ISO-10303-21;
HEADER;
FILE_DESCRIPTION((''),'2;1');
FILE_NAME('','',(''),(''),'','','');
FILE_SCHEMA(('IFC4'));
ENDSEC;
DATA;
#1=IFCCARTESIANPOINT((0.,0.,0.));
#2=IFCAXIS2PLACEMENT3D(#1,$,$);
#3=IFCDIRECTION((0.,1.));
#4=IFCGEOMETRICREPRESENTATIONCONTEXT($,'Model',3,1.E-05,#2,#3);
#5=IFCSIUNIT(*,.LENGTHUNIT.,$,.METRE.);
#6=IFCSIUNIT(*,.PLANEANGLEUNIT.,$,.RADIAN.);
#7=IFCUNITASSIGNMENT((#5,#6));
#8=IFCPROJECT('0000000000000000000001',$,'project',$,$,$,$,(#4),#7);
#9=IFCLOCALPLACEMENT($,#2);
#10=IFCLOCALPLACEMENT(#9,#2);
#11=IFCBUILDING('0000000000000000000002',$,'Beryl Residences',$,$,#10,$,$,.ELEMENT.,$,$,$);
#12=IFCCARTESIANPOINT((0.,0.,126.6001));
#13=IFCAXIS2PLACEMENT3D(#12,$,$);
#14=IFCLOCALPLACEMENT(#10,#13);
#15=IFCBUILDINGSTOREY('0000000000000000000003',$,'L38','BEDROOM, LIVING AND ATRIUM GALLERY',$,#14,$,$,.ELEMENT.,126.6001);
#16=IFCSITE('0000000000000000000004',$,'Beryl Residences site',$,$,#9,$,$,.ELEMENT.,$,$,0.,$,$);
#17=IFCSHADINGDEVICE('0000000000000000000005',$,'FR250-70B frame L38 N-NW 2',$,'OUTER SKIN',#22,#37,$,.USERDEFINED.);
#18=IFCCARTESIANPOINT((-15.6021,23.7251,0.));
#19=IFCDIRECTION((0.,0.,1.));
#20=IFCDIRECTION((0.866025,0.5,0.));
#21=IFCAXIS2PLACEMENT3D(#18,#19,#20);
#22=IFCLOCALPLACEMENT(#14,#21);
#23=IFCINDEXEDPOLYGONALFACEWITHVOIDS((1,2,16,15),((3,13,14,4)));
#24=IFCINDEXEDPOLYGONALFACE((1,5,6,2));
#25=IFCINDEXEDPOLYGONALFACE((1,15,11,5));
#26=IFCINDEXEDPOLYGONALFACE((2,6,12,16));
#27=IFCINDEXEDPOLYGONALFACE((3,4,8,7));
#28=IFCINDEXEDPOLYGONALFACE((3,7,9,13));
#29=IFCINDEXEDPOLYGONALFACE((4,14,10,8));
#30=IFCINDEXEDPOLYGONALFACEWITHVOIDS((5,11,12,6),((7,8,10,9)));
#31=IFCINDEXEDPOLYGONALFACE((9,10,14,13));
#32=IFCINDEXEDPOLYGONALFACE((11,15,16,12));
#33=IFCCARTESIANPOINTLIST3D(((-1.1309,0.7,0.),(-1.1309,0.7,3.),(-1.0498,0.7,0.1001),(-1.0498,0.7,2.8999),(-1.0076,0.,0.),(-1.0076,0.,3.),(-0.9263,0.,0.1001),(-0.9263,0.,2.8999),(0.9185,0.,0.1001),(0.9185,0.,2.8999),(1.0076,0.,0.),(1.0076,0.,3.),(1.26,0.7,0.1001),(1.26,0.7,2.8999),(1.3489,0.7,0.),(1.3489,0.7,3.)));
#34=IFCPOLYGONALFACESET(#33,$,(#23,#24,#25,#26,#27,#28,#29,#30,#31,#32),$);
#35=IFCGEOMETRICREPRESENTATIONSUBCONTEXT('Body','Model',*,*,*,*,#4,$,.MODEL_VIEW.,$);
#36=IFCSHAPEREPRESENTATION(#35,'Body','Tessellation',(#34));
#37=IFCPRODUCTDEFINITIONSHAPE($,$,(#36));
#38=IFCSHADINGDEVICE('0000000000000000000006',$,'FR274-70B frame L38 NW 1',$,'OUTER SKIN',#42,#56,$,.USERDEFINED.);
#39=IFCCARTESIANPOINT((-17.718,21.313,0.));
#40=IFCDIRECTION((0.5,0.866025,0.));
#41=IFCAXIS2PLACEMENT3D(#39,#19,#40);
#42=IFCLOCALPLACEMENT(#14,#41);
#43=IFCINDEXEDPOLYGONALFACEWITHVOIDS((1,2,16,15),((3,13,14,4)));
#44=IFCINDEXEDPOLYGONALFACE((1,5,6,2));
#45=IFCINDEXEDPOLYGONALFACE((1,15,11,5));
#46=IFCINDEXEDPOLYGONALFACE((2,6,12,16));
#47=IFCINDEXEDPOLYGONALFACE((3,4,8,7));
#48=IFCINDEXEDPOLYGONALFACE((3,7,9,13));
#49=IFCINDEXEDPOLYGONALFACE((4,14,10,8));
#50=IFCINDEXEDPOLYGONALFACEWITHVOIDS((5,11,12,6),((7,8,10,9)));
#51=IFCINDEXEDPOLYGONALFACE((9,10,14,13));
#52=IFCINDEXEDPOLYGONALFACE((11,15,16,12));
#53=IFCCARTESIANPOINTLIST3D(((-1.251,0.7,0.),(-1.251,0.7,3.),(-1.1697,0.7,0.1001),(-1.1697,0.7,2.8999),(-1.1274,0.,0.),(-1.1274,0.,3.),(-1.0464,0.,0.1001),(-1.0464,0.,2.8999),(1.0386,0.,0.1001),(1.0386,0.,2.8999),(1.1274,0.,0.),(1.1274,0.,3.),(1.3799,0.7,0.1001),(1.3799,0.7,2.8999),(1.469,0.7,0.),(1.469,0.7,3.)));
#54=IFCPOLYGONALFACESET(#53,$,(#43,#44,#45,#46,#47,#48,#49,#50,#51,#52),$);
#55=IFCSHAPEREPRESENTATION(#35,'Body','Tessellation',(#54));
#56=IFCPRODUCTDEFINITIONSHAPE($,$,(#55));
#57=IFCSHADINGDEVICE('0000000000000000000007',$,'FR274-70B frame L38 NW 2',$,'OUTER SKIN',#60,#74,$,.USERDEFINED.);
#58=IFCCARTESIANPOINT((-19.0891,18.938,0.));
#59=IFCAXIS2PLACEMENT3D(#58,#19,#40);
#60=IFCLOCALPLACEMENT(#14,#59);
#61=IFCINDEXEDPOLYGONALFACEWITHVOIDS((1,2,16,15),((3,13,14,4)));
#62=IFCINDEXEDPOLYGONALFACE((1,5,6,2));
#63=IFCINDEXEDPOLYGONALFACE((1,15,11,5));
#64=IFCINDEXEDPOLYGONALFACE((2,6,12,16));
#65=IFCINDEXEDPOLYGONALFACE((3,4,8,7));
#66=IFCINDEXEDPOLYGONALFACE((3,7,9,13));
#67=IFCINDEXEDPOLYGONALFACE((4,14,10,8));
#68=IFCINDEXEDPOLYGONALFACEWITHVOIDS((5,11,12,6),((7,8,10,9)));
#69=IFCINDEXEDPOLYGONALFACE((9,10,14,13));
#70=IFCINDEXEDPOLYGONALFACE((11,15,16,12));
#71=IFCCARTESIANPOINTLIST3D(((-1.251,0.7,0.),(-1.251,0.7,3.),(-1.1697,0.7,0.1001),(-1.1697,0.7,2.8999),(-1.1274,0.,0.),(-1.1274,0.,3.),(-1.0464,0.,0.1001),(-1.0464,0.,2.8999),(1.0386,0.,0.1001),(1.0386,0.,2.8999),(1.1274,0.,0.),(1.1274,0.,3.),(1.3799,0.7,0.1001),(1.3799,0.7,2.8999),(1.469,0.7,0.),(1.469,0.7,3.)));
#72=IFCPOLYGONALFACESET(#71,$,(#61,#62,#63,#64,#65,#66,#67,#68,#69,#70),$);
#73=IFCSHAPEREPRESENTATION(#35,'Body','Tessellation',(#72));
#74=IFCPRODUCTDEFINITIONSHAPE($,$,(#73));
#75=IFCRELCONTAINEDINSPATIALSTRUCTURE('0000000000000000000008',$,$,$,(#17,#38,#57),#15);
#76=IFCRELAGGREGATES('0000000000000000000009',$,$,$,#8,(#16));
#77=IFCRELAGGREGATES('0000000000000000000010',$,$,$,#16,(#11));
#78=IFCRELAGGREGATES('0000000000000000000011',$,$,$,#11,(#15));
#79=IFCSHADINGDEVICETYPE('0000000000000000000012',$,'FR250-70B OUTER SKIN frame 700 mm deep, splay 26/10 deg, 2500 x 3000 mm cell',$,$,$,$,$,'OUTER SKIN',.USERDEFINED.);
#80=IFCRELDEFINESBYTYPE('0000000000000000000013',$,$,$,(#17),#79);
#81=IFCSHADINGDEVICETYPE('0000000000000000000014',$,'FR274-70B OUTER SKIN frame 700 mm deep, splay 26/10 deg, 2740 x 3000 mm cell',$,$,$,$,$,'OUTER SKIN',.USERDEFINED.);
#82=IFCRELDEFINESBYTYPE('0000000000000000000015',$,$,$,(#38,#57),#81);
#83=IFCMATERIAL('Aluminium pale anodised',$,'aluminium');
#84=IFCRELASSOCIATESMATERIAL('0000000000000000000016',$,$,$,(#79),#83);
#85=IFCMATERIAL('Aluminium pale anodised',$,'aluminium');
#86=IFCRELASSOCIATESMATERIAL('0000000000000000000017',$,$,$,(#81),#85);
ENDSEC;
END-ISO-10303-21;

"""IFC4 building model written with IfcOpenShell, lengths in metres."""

from ifc_helpers import new_model, entity, si_unit, direction, frame, origin, place, context, subcontext, project, spatial, source, transform, mapped, material, type_object, type_shapes, element, save


model = new_model("IFC4")

# Units and contexts
model_context = context("Model", 3, precision=1e-05, world=origin(), true_north=direction((0.0, 1.0)))
body_context = subcontext(model_context, "Body", "Model", "MODEL_VIEW")
ifc_project = project(units=[si_unit("LENGTHUNIT", "METRE"), si_unit("PLANEANGLEUNIT", "RADIAN")], contexts=[model_context])

# Site, building, storey
site_placement = place(None, origin())
site = spatial("IfcSite", under=ifc_project, at=site_placement, Name="Beryl Residences site", CompositionType="ELEMENT", RefElevation=0.0)
building_placement = place(site_placement, origin())
building = spatial("IfcBuilding", under=site, at=building_placement, Name="Beryl Residences", CompositionType="ELEMENT")
storey_placement = place(building_placement, frame((0.0, 0.0, 126.6001)))
storey = spatial("IfcBuildingStorey", under=building, at=storey_placement, Name="L38", Description="BEDROOM, LIVING AND ATRIUM GALLERY", CompositionType="ELEMENT", Elevation=126.6001)

# Shading devices
ifc_material_1 = material(Name="Aluminium pale anodised", Category="aluminium")
shading_device_type_1 = type_object("IfcShadingDeviceType", Name="FR250-70B OUTER SKIN frame 700 mm deep, splay 26/10 deg, 2500 x 3000 mm cell", ElementType="OUTER SKIN", PredefinedType="USERDEFINED", material=ifc_material_1)
cartesian_point_1 = entity("IfcCartesianPoint", [-1.0076, 0.0])
cartesian_point_2 = entity("IfcCartesianPoint", [-0.9185, 0.1001])
cartesian_point_3 = entity("IfcCartesianPoint", [-1.3489, 0.0])
cartesian_point_4 = entity("IfcCartesianPoint", [-1.26, 0.1001])
shared_shape_1 = source(origin(), body_context, "Body", "SweptSolid", [
    entity("IfcExtrudedAreaSolidTapered", entity("IfcArbitraryProfileDefWithVoids", "AREA", None, entity("IfcPolyline", [cartesian_point_1, entity("IfcCartesianPoint", [1.0076, 0.0]), entity("IfcCartesianPoint", [1.0076, 3.0]), entity("IfcCartesianPoint", [-1.0076, 3.0]), cartesian_point_1]), [entity("IfcPolyline", [cartesian_point_2, entity("IfcCartesianPoint", [0.9263, 0.1001]), entity("IfcCartesianPoint", [0.9263, 2.8999]), entity("IfcCartesianPoint", [-0.9185, 2.8999]), cartesian_point_2])]), entity("IfcAxis2Placement3D", entity("IfcCartesianPoint", [0.0, 0.0, 0.0]), entity("IfcDirection", [0.0, 1.0, 0.0]), entity("IfcDirection", [-1.0, 0.0, 0.0])), entity("IfcDirection", [0.0, 0.0, 1.0]), 0.7, entity("IfcArbitraryProfileDefWithVoids", "AREA", None, entity("IfcPolyline", [cartesian_point_3, entity("IfcCartesianPoint", [1.1309, 0.0]), entity("IfcCartesianPoint", [1.1309, 3.0]), entity("IfcCartesianPoint", [-1.3489, 3.0]), cartesian_point_3]), [entity("IfcPolyline", [cartesian_point_4, entity("IfcCartesianPoint", [1.0498, 0.1001]), entity("IfcCartesianPoint", [1.0498, 2.8999]), entity("IfcCartesianPoint", [-1.26, 2.8999]), cartesian_point_4])])),
])
type_shapes(shading_device_type_1, [shared_shape_1])
shading_device_placement = place(storey_placement, frame((-15.6021, 23.7251, 0.0), z_axis=(0.0, 0.0, 1.0), x_axis=(0.866025, 0.5, 0.0)))
element("IfcShadingDevice", 1, at=shading_device_placement, inside=storey, type_object=shading_device_type_1, Name="FR250-70B frame L38 N-NW 2", ObjectType="OUTER SKIN", PredefinedType="USERDEFINED", context=body_context, shape_type="MappedRepresentation", body=[
    mapped(shared_shape_1, transform((0.0, 0.0, 0.0))),
])
ifc_material_2 = material(Name="Aluminium pale anodised", Category="aluminium")
shading_device_type_2 = type_object("IfcShadingDeviceType", Name="FR274-70B OUTER SKIN frame 700 mm deep, splay 26/10 deg, 2740 x 3000 mm cell", ElementType="OUTER SKIN", PredefinedType="USERDEFINED", material=ifc_material_2)
cartesian_point_5 = entity("IfcCartesianPoint", [-1.1274, 0.0])
cartesian_point_6 = entity("IfcCartesianPoint", [-1.0386, 0.1001])
cartesian_point_7 = entity("IfcCartesianPoint", [-1.469, 0.0])
cartesian_point_8 = entity("IfcCartesianPoint", [-1.3799, 0.1001])
shared_shape_2 = source(origin(), body_context, "Body", "SweptSolid", [
    entity("IfcExtrudedAreaSolidTapered", entity("IfcArbitraryProfileDefWithVoids", "AREA", None, entity("IfcPolyline", [cartesian_point_5, entity("IfcCartesianPoint", [1.1274, 0.0]), entity("IfcCartesianPoint", [1.1274, 3.0]), entity("IfcCartesianPoint", [-1.1274, 3.0]), cartesian_point_5]), [entity("IfcPolyline", [cartesian_point_6, entity("IfcCartesianPoint", [1.0464, 0.1001]), entity("IfcCartesianPoint", [1.0464, 2.8999]), entity("IfcCartesianPoint", [-1.0386, 2.8999]), cartesian_point_6])]), entity("IfcAxis2Placement3D", entity("IfcCartesianPoint", [0.0, 0.0, 0.0]), entity("IfcDirection", [0.0, 1.0, 0.0]), entity("IfcDirection", [-1.0, 0.0, 0.0])), entity("IfcDirection", [0.0, 0.0, 1.0]), 0.7, entity("IfcArbitraryProfileDefWithVoids", "AREA", None, entity("IfcPolyline", [cartesian_point_7, entity("IfcCartesianPoint", [1.251, 0.0]), entity("IfcCartesianPoint", [1.251, 3.0]), entity("IfcCartesianPoint", [-1.469, 3.0]), cartesian_point_7]), [entity("IfcPolyline", [cartesian_point_8, entity("IfcCartesianPoint", [1.1697, 0.1001]), entity("IfcCartesianPoint", [1.1697, 2.8999]), entity("IfcCartesianPoint", [-1.3799, 2.8999]), cartesian_point_8])])),
])
type_shapes(shading_device_type_2, [shared_shape_2])
for number, where, z_axis, x_axis, name in (
    (2, (-17.718, 21.313, 0.0), (0.0, 0.0, 1.0), (0.5, 0.866025, 0.0), "FR274-70B frame L38 NW 1"),
    (3, (-19.0891, 18.938, 0.0), (0.0, 0.0, 1.0), (0.5, 0.866025, 0.0), "FR274-70B frame L38 NW 2"),
):
    element("IfcShadingDevice", number, at=place(storey_placement, frame(where, z_axis=z_axis, x_axis=x_axis)), inside=storey, type_object=shading_device_type_2, Name=name, ObjectType="OUTER SKIN", PredefinedType="USERDEFINED", context=body_context, shape_type="MappedRepresentation", body=[
        mapped(shared_shape_2, transform((0.0, 0.0, 0.0))),
    ])

save(model, "model.ifc")
